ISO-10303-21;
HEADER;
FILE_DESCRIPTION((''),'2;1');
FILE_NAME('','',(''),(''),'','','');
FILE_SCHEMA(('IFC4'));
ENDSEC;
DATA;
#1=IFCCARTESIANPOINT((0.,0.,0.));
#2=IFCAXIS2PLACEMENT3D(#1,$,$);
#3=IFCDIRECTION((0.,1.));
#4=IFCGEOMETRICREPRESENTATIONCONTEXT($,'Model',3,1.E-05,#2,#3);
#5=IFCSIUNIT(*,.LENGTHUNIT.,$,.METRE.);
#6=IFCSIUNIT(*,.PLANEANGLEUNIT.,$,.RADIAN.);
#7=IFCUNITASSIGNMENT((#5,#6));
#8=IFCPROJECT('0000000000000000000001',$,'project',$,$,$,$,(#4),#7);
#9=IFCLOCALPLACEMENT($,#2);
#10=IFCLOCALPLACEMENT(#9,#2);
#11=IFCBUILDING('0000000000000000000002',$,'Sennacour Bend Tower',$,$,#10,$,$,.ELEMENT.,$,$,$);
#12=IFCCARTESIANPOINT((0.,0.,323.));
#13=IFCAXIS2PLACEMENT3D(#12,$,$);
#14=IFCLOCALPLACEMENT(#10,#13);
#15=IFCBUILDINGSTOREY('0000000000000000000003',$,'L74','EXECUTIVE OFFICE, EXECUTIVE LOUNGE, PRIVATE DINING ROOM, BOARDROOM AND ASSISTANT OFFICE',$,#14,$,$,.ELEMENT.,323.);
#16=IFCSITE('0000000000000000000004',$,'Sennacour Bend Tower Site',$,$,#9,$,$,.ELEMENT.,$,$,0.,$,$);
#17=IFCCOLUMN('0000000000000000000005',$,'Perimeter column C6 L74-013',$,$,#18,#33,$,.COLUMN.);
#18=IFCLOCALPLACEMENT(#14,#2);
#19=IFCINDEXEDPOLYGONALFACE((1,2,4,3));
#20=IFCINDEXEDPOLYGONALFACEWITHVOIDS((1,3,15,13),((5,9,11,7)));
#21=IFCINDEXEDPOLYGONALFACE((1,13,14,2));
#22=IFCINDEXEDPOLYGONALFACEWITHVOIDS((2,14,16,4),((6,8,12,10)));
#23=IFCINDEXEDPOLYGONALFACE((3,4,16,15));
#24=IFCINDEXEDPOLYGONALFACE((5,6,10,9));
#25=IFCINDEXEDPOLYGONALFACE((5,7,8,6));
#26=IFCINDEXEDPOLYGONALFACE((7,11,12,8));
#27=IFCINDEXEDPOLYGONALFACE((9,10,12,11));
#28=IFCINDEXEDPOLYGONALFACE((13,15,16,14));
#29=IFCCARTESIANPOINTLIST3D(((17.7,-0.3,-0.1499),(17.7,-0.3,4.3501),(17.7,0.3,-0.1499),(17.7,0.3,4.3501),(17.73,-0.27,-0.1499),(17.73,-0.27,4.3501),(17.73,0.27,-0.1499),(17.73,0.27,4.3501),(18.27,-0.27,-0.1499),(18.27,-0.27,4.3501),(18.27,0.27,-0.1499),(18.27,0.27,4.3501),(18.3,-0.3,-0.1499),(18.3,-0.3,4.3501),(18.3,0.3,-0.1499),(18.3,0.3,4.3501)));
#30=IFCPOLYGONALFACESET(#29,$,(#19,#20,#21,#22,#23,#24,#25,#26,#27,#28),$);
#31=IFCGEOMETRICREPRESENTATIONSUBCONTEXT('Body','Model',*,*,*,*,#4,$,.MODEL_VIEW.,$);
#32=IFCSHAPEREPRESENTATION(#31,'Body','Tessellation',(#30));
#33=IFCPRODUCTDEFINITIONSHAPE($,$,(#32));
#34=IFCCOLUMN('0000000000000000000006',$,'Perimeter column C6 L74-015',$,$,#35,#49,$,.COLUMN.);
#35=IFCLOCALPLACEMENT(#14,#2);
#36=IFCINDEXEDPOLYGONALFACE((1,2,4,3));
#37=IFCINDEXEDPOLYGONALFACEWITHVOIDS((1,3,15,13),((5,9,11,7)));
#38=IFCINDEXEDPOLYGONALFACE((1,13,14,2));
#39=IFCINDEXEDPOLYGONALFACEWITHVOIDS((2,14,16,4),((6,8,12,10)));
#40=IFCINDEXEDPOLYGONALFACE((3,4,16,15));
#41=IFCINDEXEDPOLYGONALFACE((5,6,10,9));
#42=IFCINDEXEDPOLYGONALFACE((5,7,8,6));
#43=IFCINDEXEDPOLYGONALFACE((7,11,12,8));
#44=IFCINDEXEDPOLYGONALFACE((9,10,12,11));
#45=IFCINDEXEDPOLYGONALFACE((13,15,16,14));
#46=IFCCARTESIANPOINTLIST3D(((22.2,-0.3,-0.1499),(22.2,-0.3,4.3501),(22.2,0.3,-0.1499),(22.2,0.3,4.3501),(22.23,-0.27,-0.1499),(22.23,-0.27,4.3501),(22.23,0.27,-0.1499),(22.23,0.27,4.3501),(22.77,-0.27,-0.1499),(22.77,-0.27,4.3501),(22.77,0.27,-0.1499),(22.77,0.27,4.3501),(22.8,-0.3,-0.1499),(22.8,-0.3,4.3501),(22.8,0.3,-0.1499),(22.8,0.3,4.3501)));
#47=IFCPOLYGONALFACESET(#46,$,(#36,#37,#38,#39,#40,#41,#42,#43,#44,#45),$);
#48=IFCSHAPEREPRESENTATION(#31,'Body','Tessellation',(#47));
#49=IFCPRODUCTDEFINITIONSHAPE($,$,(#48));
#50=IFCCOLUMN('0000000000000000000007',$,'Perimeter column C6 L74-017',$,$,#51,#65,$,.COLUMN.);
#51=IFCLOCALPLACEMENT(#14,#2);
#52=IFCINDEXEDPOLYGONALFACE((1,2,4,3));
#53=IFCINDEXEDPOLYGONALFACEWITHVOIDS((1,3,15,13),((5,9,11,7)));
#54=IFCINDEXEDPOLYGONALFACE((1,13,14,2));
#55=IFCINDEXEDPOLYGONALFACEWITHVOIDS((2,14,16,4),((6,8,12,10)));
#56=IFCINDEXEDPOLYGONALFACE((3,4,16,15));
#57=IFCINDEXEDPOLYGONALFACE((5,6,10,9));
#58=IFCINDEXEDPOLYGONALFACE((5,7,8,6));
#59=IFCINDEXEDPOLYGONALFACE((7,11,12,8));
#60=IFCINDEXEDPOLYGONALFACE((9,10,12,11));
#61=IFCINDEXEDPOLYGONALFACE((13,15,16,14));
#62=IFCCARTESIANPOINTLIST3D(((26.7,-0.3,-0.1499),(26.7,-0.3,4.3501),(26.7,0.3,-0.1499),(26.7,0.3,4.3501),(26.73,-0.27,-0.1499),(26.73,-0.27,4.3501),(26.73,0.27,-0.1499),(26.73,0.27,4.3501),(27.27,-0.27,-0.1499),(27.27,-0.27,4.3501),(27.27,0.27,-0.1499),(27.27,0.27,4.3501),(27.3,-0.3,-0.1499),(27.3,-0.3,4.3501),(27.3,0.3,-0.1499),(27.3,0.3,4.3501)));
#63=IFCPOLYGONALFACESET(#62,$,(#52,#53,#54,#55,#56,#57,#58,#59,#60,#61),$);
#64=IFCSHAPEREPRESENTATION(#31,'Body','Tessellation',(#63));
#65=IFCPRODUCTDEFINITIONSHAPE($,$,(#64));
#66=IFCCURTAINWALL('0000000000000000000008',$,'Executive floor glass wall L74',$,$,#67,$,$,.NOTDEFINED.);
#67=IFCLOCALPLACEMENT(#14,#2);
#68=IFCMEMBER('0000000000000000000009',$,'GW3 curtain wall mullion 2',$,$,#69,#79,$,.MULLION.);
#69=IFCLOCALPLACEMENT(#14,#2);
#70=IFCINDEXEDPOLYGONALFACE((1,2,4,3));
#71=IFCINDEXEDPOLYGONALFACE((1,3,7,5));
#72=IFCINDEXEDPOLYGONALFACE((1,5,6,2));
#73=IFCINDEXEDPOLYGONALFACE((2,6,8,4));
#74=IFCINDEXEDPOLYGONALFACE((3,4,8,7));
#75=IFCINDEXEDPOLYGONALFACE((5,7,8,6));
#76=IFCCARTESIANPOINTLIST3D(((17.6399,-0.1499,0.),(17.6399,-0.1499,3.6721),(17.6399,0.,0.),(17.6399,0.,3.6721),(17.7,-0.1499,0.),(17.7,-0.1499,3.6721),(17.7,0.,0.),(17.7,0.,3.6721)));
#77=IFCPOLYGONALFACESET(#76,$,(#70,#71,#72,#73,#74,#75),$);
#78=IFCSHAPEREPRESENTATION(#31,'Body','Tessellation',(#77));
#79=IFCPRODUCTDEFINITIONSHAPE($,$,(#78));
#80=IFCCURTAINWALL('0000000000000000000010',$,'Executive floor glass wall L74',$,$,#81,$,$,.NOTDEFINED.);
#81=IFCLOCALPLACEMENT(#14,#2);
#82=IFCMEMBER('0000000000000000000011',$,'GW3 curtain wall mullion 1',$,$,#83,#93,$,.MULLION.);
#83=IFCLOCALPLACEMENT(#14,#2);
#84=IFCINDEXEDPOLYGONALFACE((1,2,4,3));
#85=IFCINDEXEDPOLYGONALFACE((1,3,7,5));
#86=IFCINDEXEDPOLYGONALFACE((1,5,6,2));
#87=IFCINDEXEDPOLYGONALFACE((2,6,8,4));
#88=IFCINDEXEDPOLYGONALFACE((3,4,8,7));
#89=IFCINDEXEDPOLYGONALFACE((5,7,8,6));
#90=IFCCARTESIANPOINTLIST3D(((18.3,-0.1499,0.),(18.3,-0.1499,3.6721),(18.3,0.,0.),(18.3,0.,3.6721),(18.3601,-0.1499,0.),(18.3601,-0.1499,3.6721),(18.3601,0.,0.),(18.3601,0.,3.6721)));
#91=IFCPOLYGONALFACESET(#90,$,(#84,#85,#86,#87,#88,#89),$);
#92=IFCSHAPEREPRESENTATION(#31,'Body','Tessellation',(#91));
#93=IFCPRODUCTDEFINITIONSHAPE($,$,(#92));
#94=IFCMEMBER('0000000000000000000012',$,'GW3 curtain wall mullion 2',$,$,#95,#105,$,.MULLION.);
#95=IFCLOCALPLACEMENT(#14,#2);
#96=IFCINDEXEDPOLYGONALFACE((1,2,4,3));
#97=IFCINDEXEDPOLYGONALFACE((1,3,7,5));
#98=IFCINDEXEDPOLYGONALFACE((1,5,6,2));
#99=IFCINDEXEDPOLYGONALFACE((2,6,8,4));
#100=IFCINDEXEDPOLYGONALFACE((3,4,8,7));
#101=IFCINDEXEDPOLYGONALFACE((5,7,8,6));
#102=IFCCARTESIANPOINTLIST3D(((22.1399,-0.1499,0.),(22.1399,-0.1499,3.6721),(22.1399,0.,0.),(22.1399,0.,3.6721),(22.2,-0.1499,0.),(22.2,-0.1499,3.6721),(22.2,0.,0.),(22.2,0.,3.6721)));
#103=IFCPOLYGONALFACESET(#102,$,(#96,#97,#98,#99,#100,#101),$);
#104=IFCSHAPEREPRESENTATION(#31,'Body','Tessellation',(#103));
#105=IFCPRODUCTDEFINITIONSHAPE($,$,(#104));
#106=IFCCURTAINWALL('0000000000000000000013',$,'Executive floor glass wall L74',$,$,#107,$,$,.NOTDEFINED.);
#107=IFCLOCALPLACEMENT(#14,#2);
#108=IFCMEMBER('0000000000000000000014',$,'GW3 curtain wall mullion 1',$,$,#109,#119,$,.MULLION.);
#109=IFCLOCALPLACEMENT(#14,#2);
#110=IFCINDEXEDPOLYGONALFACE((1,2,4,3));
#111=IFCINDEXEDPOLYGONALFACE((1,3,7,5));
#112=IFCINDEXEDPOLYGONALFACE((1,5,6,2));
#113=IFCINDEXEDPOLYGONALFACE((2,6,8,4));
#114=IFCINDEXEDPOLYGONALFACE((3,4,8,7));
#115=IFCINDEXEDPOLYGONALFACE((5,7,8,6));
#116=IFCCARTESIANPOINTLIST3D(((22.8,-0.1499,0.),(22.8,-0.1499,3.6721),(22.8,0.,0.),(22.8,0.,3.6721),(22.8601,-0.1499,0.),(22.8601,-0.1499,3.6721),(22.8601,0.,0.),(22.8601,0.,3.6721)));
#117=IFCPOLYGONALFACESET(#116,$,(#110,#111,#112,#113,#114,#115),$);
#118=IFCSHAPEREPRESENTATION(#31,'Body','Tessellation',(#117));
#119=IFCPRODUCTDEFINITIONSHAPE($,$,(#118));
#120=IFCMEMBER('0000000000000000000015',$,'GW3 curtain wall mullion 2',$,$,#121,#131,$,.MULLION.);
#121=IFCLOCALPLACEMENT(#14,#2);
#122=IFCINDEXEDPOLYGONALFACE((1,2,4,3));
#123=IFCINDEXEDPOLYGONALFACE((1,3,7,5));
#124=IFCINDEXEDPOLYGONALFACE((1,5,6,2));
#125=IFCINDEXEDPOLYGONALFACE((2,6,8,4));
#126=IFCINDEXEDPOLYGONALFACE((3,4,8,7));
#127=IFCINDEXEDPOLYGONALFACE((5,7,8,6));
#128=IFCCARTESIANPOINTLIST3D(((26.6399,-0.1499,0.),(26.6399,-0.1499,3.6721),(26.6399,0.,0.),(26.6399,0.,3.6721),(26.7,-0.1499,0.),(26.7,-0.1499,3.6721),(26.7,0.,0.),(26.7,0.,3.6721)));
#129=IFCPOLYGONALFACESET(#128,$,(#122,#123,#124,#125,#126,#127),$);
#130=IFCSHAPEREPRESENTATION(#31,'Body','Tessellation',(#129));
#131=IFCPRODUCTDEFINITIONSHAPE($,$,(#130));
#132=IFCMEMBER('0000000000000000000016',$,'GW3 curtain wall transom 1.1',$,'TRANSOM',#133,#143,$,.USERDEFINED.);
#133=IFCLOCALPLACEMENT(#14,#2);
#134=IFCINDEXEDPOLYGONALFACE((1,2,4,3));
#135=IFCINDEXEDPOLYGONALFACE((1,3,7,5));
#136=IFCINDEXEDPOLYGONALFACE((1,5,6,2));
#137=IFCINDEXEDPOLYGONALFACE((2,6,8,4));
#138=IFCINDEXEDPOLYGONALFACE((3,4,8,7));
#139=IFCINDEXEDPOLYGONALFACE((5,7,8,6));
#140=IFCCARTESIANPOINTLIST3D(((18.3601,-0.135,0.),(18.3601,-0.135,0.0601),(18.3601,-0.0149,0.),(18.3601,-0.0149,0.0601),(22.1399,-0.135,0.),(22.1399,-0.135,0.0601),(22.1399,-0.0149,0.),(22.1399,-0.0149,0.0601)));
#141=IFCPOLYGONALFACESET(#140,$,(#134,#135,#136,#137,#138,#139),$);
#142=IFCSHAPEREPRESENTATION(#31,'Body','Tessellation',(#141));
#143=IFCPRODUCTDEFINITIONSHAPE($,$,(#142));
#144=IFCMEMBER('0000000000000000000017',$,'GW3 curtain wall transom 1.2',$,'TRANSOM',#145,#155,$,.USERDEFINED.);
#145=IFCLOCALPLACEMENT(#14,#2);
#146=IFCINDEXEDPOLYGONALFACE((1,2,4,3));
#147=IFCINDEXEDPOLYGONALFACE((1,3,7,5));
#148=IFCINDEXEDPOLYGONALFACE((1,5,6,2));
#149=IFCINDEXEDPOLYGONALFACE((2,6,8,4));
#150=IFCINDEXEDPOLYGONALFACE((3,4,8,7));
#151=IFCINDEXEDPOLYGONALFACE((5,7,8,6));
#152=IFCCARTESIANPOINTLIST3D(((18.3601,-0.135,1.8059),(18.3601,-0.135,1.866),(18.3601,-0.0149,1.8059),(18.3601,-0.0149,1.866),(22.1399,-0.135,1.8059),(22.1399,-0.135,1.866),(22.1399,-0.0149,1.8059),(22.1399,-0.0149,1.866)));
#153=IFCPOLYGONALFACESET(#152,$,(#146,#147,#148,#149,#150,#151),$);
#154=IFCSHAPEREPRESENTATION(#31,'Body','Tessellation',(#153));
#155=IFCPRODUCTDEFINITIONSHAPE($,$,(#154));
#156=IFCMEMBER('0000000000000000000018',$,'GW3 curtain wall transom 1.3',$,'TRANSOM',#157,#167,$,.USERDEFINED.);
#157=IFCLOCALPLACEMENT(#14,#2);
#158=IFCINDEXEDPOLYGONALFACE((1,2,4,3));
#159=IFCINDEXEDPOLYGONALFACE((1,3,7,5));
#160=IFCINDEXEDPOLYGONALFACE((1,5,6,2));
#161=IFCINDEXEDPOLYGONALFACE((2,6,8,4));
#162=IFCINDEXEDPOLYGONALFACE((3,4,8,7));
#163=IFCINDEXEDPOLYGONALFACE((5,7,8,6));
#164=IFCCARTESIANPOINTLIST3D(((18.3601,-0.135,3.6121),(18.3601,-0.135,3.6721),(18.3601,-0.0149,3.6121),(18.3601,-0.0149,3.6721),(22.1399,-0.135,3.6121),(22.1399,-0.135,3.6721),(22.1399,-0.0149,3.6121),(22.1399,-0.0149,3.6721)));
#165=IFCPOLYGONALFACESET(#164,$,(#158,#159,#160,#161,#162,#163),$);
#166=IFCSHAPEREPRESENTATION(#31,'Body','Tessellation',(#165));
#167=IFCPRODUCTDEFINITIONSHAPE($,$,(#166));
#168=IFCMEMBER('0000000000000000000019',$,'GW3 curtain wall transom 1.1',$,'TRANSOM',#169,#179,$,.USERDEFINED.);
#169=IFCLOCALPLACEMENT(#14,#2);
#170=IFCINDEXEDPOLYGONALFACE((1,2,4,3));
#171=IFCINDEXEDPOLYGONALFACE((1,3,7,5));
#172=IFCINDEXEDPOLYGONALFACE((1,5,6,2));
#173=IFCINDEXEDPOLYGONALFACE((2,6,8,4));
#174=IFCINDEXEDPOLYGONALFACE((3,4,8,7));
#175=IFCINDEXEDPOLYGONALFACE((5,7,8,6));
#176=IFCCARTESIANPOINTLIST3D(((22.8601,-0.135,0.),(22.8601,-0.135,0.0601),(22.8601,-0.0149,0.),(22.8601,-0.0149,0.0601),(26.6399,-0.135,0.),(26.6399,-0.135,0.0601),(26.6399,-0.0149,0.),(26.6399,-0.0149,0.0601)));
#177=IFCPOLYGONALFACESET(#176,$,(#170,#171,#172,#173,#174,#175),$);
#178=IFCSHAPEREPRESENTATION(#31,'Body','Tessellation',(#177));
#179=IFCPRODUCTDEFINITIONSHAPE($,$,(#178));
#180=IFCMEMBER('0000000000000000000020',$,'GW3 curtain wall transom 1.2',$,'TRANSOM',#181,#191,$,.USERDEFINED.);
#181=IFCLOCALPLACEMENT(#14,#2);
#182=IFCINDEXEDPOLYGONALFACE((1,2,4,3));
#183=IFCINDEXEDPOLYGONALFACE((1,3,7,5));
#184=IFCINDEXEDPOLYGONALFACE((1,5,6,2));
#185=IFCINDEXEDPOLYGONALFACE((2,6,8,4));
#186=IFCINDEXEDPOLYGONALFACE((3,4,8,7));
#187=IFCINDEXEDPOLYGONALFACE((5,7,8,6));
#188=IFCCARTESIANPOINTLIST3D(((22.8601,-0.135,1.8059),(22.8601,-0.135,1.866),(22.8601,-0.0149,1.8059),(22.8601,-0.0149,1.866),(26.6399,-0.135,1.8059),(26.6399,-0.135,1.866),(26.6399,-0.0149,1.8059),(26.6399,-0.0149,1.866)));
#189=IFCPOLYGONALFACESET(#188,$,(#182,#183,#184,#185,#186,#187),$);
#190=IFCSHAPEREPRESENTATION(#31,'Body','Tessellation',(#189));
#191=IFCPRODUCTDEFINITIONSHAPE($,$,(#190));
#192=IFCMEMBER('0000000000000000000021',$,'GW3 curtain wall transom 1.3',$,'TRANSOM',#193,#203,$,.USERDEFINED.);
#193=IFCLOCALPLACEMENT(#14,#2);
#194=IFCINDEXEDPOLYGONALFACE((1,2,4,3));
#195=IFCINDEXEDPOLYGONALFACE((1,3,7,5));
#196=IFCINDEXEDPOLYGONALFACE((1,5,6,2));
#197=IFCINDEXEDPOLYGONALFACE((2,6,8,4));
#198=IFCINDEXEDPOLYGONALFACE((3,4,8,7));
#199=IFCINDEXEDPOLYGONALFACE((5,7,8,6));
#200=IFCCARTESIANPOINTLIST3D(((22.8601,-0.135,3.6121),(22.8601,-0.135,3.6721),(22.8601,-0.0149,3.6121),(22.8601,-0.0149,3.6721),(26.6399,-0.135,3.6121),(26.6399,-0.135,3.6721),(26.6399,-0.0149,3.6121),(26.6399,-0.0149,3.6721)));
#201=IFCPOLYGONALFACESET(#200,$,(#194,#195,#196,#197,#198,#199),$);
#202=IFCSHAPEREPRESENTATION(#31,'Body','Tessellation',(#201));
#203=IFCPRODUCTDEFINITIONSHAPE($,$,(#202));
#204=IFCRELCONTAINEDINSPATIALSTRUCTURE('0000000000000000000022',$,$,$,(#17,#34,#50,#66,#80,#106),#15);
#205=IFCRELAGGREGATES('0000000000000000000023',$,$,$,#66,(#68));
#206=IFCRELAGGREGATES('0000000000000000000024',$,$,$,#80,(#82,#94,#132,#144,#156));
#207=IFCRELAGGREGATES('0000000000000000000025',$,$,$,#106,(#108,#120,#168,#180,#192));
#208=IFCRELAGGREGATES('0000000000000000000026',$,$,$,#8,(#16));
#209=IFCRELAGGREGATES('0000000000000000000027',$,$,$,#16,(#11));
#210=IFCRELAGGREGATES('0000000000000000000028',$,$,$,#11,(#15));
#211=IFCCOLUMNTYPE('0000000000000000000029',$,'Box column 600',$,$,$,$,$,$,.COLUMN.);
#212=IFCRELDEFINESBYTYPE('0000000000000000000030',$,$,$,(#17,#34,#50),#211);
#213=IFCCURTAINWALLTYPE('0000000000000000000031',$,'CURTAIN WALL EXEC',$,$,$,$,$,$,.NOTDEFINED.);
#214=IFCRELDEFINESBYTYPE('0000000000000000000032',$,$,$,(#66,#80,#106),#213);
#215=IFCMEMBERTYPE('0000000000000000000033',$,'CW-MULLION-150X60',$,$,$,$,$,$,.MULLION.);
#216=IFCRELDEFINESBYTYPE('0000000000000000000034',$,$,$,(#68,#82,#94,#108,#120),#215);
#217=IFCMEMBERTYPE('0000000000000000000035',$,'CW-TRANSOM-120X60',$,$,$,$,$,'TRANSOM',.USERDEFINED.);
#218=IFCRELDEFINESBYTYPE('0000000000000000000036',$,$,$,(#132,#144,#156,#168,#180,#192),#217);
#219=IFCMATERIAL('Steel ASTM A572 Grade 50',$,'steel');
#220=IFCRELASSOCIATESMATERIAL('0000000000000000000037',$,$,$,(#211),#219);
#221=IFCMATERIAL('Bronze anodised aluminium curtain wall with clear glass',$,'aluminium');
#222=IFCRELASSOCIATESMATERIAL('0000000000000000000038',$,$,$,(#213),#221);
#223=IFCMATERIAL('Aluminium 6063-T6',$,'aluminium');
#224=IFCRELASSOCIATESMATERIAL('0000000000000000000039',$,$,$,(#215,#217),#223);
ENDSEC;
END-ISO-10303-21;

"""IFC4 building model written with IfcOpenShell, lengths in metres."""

from ifc_helpers import new_model, si_unit, direction, frame, origin, origin_2d, place, context, subcontext, project, spatial, rectangle, hollow_rectangle, extrude, material, material_profile, profile_set, type_object, element, aggregate, save


model = new_model("IFC4")

# Units and contexts
model_context = context("Model", 3, precision=1e-05, world=origin(), true_north=direction((0.0, 1.0)))
body_context = subcontext(model_context, "Body", "Model", "MODEL_VIEW")
ifc_project = project(units=[si_unit("LENGTHUNIT", "METRE"), si_unit("PLANEANGLEUNIT", "RADIAN")], contexts=[model_context])

# Site, building, storey
site_placement = place(None, origin())
site = spatial("IfcSite", under=ifc_project, at=site_placement, Name="Sennacour Bend Tower Site", CompositionType="ELEMENT", RefElevation=0.0)
building_placement = place(site_placement, origin())
building = spatial("IfcBuilding", under=site, at=building_placement, Name="Sennacour Bend Tower", CompositionType="ELEMENT")
storey_placement = place(building_placement, frame((0.0, 0.0, 323.0)))
storey = spatial("IfcBuildingStorey", under=building, at=storey_placement, Name="L74", Description="EXECUTIVE OFFICE, EXECUTIVE LOUNGE, PRIVATE DINING ROOM, BOARDROOM AND ASSISTANT OFFICE", CompositionType="ELEMENT", Elevation=323.0)

# Columns
ifc_material_1 = material(Name="Steel ASTM A572 Grade 50", Category="steel")
ifc_material_profile_1 = material_profile(ifc_material_1, hollow_rectangle(XDim=0.6001, YDim=0.6001, WallThickness=0.03, at=origin_2d()), Name="Steel ASTM A572 Grade 50", Category="steel")
ifc_profile_set_1 = profile_set([ifc_material_profile_1], Name="Steel ASTM A572 Grade 50")
column_type = type_object("IfcColumnType", Name="Box column 600", PredefinedType="COLUMN", material=ifc_profile_set_1)
for number, where, z_axis, x_axis, name in (
    (1, (18.0, 0.0, -0.1499), (0.0, 0.0, 1.0), (1.0, 0.0, 0.0), "Perimeter column C6 L74-013"),
    (2, (22.5, 0.0, -0.1499), (0.0, 0.0, 1.0), (1.0, 0.0, 0.0), "Perimeter column C6 L74-015"),
    (3, (27.0, 0.0, -0.1499), (0.0, 0.0, 1.0), (1.0, 0.0, 0.0), "Perimeter column C6 L74-017"),
):
    element("IfcColumn", number, at=place(storey_placement, frame(where, z_axis=z_axis, x_axis=x_axis)), inside=storey, type_object=column_type, Name=name, PredefinedType="COLUMN", context=body_context, shape_type="SweptSolid", body=[
        extrude(hollow_rectangle(XDim=0.6001, YDim=0.6001, WallThickness=0.03, at=origin_2d()), origin(), (0.0, 0.0, 1.0), 4.5),
    ])

# Curtain wall, member
ifc_material_2 = material(Name="Bronze anodised aluminium curtain wall with clear glass", Category="aluminium")
curtain_wall_type = type_object("IfcCurtainWallType", Name="CURTAIN WALL EXEC", PredefinedType="NOTDEFINED", material=ifc_material_2)
curtain_wall_1_placement = place(storey_placement, origin())
curtain_wall_1 = element("IfcCurtainWall", 4, at=curtain_wall_1_placement, inside=storey, type_object=curtain_wall_type, Name="Executive floor glass wall L74", PredefinedType="NOTDEFINED")
ifc_material_3 = material(Name="Aluminium 6063-T6", Category="aluminium")
ifc_material_profile_2 = material_profile(ifc_material_3, rectangle(XDim=0.1499, YDim=0.0601, at=origin_2d()), Name="Aluminium 6063-T6", Category="aluminium")
ifc_profile_set_2 = profile_set([ifc_material_profile_2], Name="Aluminium 6063-T6")
member_type_1 = type_object("IfcMemberType", Name="CW-MULLION-150X60", PredefinedType="MULLION", material=ifc_profile_set_2)
member_1_placement = place(storey_placement, frame((17.6699, -0.075, 0.0), z_axis=(0.0, 0.0, 1.0), x_axis=(0.0, 1.0, 0.0)))
member_1 = element("IfcMember", 5, at=member_1_placement, type_object=member_type_1, Name="GW3 curtain wall mullion 2", PredefinedType="MULLION", context=body_context, shape_type="SweptSolid", body=[
    extrude(rectangle(XDim=0.1499, YDim=0.0601, at=origin_2d()), origin(), (0.0, 0.0, 1.0), 3.6721),
])
aggregate(curtain_wall_1, [member_1])

# Curtain walls, members
curtain_wall_2_placement = place(storey_placement, origin())
curtain_wall_2 = element("IfcCurtainWall", 6, at=curtain_wall_2_placement, inside=storey, type_object=curtain_wall_type, Name="Executive floor glass wall L74", PredefinedType="NOTDEFINED")
member_2_placement = place(storey_placement, frame((18.3301, -0.075, 0.0), z_axis=(0.0, 0.0, 1.0), x_axis=(0.0, 1.0, 0.0)))
member_2 = element("IfcMember", 7, at=member_2_placement, type_object=member_type_1, Name="GW3 curtain wall mullion 1", PredefinedType="MULLION", context=body_context, shape_type="SweptSolid", body=[
    extrude(rectangle(XDim=0.1499, YDim=0.0601, at=origin_2d()), origin(), (0.0, 0.0, 1.0), 3.6721),
])
member_3_placement = place(storey_placement, frame((22.1699, -0.075, 0.0), z_axis=(0.0, 0.0, 1.0), x_axis=(0.0, 1.0, 0.0)))
member_3 = element("IfcMember", 8, at=member_3_placement, type_object=member_type_1, Name="GW3 curtain wall mullion 2", PredefinedType="MULLION", context=body_context, shape_type="SweptSolid", body=[
    extrude(rectangle(XDim=0.1499, YDim=0.0601, at=origin_2d()), origin(), (0.0, 0.0, 1.0), 3.6721),
])
curtain_wall_3_placement = place(storey_placement, origin())
curtain_wall_3 = element("IfcCurtainWall", 9, at=curtain_wall_3_placement, inside=storey, type_object=curtain_wall_type, Name="Executive floor glass wall L74", PredefinedType="NOTDEFINED")
member_4_placement = place(storey_placement, frame((22.8301, -0.075, 0.0), z_axis=(0.0, 0.0, 1.0), x_axis=(0.0, 1.0, 0.0)))
member_4 = element("IfcMember", 10, at=member_4_placement, type_object=member_type_1, Name="GW3 curtain wall mullion 1", PredefinedType="MULLION", context=body_context, shape_type="SweptSolid", body=[
    extrude(rectangle(XDim=0.1499, YDim=0.0601, at=origin_2d()), origin(), (0.0, 0.0, 1.0), 3.6721),
])
member_5_placement = place(storey_placement, frame((26.6699, -0.075, 0.0), z_axis=(0.0, 0.0, 1.0), x_axis=(0.0, 1.0, 0.0)))
member_5 = element("IfcMember", 11, at=member_5_placement, type_object=member_type_1, Name="GW3 curtain wall mullion 2", PredefinedType="MULLION", context=body_context, shape_type="SweptSolid", body=[
    extrude(rectangle(XDim=0.1499, YDim=0.0601, at=origin_2d()), origin(), (0.0, 0.0, 1.0), 3.6721),
])

# Members
ifc_material_profile_3 = material_profile(ifc_material_3, rectangle(XDim=0.1201, YDim=0.0601, at=origin_2d()), Name="Aluminium 6063-T6", Category="aluminium")
ifc_profile_set_3 = profile_set([ifc_material_profile_3], Name="Aluminium 6063-T6")
member_type_2 = type_object("IfcMemberType", Name="CW-TRANSOM-120X60", ElementType="TRANSOM", PredefinedType="USERDEFINED", material=ifc_profile_set_3)
member_6_placement = place(storey_placement, frame((18.3601, -0.075, 0.03), z_axis=(1.0, 0.0, 0.0), x_axis=(0.0, 1.0, 0.0)))
member_6 = element("IfcMember", 12, at=member_6_placement, type_object=member_type_2, Name="GW3 curtain wall transom 1.1", ObjectType="TRANSOM", PredefinedType="USERDEFINED", context=body_context, shape_type="SweptSolid", body=[
    extrude(rectangle(XDim=0.1201, YDim=0.0601, at=origin_2d()), origin(), (0.0, 0.0, 1.0), 3.7798),
])
member_7_placement = place(storey_placement, frame((18.3601, -0.075, 1.8359), z_axis=(1.0, 0.0, 0.0), x_axis=(0.0, 1.0, 0.0)))
member_7 = element("IfcMember", 13, at=member_7_placement, type_object=member_type_2, Name="GW3 curtain wall transom 1.2", ObjectType="TRANSOM", PredefinedType="USERDEFINED", context=body_context, shape_type="SweptSolid", body=[
    extrude(rectangle(XDim=0.1201, YDim=0.0601, at=origin_2d()), origin(), (0.0, 0.0, 1.0), 3.7798),
])
member_8_placement = place(storey_placement, frame((18.3601, -0.075, 3.6421), z_axis=(1.0, 0.0, 0.0), x_axis=(0.0, 1.0, 0.0)))
member_8 = element("IfcMember", 14, at=member_8_placement, type_object=member_type_2, Name="GW3 curtain wall transom 1.3", ObjectType="TRANSOM", PredefinedType="USERDEFINED", context=body_context, shape_type="SweptSolid", body=[
    extrude(rectangle(XDim=0.1201, YDim=0.0601, at=origin_2d()), origin(), (0.0, 0.0, 1.0), 3.7798),
])
member_9_placement = place(storey_placement, frame((22.8601, -0.075, 0.03), z_axis=(1.0, 0.0, 0.0), x_axis=(0.0, 1.0, 0.0)))
member_9 = element("IfcMember", 15, at=member_9_placement, type_object=member_type_2, Name="GW3 curtain wall transom 1.1", ObjectType="TRANSOM", PredefinedType="USERDEFINED", context=body_context, shape_type="SweptSolid", body=[
    extrude(rectangle(XDim=0.1201, YDim=0.0601, at=origin_2d()), origin(), (0.0, 0.0, 1.0), 3.7798),
])
member_10_placement = place(storey_placement, frame((22.8601, -0.075, 1.8359), z_axis=(1.0, 0.0, 0.0), x_axis=(0.0, 1.0, 0.0)))
member_10 = element("IfcMember", 16, at=member_10_placement, type_object=member_type_2, Name="GW3 curtain wall transom 1.2", ObjectType="TRANSOM", PredefinedType="USERDEFINED", context=body_context, shape_type="SweptSolid", body=[
    extrude(rectangle(XDim=0.1201, YDim=0.0601, at=origin_2d()), origin(), (0.0, 0.0, 1.0), 3.7798),
])
member_11_placement = place(storey_placement, frame((22.8601, -0.075, 3.6421), z_axis=(1.0, 0.0, 0.0), x_axis=(0.0, 1.0, 0.0)))
member_11 = element("IfcMember", 17, at=member_11_placement, type_object=member_type_2, Name="GW3 curtain wall transom 1.3", ObjectType="TRANSOM", PredefinedType="USERDEFINED", context=body_context, shape_type="SweptSolid", body=[
    extrude(rectangle(XDim=0.1201, YDim=0.0601, at=origin_2d()), origin(), (0.0, 0.0, 1.0), 3.7798),
])

aggregate(curtain_wall_2, [member_2, member_3, member_6, member_7, member_8])
aggregate(curtain_wall_3, [member_4, member_5, member_9, member_10, member_11])

save(model, "model.ifc")
